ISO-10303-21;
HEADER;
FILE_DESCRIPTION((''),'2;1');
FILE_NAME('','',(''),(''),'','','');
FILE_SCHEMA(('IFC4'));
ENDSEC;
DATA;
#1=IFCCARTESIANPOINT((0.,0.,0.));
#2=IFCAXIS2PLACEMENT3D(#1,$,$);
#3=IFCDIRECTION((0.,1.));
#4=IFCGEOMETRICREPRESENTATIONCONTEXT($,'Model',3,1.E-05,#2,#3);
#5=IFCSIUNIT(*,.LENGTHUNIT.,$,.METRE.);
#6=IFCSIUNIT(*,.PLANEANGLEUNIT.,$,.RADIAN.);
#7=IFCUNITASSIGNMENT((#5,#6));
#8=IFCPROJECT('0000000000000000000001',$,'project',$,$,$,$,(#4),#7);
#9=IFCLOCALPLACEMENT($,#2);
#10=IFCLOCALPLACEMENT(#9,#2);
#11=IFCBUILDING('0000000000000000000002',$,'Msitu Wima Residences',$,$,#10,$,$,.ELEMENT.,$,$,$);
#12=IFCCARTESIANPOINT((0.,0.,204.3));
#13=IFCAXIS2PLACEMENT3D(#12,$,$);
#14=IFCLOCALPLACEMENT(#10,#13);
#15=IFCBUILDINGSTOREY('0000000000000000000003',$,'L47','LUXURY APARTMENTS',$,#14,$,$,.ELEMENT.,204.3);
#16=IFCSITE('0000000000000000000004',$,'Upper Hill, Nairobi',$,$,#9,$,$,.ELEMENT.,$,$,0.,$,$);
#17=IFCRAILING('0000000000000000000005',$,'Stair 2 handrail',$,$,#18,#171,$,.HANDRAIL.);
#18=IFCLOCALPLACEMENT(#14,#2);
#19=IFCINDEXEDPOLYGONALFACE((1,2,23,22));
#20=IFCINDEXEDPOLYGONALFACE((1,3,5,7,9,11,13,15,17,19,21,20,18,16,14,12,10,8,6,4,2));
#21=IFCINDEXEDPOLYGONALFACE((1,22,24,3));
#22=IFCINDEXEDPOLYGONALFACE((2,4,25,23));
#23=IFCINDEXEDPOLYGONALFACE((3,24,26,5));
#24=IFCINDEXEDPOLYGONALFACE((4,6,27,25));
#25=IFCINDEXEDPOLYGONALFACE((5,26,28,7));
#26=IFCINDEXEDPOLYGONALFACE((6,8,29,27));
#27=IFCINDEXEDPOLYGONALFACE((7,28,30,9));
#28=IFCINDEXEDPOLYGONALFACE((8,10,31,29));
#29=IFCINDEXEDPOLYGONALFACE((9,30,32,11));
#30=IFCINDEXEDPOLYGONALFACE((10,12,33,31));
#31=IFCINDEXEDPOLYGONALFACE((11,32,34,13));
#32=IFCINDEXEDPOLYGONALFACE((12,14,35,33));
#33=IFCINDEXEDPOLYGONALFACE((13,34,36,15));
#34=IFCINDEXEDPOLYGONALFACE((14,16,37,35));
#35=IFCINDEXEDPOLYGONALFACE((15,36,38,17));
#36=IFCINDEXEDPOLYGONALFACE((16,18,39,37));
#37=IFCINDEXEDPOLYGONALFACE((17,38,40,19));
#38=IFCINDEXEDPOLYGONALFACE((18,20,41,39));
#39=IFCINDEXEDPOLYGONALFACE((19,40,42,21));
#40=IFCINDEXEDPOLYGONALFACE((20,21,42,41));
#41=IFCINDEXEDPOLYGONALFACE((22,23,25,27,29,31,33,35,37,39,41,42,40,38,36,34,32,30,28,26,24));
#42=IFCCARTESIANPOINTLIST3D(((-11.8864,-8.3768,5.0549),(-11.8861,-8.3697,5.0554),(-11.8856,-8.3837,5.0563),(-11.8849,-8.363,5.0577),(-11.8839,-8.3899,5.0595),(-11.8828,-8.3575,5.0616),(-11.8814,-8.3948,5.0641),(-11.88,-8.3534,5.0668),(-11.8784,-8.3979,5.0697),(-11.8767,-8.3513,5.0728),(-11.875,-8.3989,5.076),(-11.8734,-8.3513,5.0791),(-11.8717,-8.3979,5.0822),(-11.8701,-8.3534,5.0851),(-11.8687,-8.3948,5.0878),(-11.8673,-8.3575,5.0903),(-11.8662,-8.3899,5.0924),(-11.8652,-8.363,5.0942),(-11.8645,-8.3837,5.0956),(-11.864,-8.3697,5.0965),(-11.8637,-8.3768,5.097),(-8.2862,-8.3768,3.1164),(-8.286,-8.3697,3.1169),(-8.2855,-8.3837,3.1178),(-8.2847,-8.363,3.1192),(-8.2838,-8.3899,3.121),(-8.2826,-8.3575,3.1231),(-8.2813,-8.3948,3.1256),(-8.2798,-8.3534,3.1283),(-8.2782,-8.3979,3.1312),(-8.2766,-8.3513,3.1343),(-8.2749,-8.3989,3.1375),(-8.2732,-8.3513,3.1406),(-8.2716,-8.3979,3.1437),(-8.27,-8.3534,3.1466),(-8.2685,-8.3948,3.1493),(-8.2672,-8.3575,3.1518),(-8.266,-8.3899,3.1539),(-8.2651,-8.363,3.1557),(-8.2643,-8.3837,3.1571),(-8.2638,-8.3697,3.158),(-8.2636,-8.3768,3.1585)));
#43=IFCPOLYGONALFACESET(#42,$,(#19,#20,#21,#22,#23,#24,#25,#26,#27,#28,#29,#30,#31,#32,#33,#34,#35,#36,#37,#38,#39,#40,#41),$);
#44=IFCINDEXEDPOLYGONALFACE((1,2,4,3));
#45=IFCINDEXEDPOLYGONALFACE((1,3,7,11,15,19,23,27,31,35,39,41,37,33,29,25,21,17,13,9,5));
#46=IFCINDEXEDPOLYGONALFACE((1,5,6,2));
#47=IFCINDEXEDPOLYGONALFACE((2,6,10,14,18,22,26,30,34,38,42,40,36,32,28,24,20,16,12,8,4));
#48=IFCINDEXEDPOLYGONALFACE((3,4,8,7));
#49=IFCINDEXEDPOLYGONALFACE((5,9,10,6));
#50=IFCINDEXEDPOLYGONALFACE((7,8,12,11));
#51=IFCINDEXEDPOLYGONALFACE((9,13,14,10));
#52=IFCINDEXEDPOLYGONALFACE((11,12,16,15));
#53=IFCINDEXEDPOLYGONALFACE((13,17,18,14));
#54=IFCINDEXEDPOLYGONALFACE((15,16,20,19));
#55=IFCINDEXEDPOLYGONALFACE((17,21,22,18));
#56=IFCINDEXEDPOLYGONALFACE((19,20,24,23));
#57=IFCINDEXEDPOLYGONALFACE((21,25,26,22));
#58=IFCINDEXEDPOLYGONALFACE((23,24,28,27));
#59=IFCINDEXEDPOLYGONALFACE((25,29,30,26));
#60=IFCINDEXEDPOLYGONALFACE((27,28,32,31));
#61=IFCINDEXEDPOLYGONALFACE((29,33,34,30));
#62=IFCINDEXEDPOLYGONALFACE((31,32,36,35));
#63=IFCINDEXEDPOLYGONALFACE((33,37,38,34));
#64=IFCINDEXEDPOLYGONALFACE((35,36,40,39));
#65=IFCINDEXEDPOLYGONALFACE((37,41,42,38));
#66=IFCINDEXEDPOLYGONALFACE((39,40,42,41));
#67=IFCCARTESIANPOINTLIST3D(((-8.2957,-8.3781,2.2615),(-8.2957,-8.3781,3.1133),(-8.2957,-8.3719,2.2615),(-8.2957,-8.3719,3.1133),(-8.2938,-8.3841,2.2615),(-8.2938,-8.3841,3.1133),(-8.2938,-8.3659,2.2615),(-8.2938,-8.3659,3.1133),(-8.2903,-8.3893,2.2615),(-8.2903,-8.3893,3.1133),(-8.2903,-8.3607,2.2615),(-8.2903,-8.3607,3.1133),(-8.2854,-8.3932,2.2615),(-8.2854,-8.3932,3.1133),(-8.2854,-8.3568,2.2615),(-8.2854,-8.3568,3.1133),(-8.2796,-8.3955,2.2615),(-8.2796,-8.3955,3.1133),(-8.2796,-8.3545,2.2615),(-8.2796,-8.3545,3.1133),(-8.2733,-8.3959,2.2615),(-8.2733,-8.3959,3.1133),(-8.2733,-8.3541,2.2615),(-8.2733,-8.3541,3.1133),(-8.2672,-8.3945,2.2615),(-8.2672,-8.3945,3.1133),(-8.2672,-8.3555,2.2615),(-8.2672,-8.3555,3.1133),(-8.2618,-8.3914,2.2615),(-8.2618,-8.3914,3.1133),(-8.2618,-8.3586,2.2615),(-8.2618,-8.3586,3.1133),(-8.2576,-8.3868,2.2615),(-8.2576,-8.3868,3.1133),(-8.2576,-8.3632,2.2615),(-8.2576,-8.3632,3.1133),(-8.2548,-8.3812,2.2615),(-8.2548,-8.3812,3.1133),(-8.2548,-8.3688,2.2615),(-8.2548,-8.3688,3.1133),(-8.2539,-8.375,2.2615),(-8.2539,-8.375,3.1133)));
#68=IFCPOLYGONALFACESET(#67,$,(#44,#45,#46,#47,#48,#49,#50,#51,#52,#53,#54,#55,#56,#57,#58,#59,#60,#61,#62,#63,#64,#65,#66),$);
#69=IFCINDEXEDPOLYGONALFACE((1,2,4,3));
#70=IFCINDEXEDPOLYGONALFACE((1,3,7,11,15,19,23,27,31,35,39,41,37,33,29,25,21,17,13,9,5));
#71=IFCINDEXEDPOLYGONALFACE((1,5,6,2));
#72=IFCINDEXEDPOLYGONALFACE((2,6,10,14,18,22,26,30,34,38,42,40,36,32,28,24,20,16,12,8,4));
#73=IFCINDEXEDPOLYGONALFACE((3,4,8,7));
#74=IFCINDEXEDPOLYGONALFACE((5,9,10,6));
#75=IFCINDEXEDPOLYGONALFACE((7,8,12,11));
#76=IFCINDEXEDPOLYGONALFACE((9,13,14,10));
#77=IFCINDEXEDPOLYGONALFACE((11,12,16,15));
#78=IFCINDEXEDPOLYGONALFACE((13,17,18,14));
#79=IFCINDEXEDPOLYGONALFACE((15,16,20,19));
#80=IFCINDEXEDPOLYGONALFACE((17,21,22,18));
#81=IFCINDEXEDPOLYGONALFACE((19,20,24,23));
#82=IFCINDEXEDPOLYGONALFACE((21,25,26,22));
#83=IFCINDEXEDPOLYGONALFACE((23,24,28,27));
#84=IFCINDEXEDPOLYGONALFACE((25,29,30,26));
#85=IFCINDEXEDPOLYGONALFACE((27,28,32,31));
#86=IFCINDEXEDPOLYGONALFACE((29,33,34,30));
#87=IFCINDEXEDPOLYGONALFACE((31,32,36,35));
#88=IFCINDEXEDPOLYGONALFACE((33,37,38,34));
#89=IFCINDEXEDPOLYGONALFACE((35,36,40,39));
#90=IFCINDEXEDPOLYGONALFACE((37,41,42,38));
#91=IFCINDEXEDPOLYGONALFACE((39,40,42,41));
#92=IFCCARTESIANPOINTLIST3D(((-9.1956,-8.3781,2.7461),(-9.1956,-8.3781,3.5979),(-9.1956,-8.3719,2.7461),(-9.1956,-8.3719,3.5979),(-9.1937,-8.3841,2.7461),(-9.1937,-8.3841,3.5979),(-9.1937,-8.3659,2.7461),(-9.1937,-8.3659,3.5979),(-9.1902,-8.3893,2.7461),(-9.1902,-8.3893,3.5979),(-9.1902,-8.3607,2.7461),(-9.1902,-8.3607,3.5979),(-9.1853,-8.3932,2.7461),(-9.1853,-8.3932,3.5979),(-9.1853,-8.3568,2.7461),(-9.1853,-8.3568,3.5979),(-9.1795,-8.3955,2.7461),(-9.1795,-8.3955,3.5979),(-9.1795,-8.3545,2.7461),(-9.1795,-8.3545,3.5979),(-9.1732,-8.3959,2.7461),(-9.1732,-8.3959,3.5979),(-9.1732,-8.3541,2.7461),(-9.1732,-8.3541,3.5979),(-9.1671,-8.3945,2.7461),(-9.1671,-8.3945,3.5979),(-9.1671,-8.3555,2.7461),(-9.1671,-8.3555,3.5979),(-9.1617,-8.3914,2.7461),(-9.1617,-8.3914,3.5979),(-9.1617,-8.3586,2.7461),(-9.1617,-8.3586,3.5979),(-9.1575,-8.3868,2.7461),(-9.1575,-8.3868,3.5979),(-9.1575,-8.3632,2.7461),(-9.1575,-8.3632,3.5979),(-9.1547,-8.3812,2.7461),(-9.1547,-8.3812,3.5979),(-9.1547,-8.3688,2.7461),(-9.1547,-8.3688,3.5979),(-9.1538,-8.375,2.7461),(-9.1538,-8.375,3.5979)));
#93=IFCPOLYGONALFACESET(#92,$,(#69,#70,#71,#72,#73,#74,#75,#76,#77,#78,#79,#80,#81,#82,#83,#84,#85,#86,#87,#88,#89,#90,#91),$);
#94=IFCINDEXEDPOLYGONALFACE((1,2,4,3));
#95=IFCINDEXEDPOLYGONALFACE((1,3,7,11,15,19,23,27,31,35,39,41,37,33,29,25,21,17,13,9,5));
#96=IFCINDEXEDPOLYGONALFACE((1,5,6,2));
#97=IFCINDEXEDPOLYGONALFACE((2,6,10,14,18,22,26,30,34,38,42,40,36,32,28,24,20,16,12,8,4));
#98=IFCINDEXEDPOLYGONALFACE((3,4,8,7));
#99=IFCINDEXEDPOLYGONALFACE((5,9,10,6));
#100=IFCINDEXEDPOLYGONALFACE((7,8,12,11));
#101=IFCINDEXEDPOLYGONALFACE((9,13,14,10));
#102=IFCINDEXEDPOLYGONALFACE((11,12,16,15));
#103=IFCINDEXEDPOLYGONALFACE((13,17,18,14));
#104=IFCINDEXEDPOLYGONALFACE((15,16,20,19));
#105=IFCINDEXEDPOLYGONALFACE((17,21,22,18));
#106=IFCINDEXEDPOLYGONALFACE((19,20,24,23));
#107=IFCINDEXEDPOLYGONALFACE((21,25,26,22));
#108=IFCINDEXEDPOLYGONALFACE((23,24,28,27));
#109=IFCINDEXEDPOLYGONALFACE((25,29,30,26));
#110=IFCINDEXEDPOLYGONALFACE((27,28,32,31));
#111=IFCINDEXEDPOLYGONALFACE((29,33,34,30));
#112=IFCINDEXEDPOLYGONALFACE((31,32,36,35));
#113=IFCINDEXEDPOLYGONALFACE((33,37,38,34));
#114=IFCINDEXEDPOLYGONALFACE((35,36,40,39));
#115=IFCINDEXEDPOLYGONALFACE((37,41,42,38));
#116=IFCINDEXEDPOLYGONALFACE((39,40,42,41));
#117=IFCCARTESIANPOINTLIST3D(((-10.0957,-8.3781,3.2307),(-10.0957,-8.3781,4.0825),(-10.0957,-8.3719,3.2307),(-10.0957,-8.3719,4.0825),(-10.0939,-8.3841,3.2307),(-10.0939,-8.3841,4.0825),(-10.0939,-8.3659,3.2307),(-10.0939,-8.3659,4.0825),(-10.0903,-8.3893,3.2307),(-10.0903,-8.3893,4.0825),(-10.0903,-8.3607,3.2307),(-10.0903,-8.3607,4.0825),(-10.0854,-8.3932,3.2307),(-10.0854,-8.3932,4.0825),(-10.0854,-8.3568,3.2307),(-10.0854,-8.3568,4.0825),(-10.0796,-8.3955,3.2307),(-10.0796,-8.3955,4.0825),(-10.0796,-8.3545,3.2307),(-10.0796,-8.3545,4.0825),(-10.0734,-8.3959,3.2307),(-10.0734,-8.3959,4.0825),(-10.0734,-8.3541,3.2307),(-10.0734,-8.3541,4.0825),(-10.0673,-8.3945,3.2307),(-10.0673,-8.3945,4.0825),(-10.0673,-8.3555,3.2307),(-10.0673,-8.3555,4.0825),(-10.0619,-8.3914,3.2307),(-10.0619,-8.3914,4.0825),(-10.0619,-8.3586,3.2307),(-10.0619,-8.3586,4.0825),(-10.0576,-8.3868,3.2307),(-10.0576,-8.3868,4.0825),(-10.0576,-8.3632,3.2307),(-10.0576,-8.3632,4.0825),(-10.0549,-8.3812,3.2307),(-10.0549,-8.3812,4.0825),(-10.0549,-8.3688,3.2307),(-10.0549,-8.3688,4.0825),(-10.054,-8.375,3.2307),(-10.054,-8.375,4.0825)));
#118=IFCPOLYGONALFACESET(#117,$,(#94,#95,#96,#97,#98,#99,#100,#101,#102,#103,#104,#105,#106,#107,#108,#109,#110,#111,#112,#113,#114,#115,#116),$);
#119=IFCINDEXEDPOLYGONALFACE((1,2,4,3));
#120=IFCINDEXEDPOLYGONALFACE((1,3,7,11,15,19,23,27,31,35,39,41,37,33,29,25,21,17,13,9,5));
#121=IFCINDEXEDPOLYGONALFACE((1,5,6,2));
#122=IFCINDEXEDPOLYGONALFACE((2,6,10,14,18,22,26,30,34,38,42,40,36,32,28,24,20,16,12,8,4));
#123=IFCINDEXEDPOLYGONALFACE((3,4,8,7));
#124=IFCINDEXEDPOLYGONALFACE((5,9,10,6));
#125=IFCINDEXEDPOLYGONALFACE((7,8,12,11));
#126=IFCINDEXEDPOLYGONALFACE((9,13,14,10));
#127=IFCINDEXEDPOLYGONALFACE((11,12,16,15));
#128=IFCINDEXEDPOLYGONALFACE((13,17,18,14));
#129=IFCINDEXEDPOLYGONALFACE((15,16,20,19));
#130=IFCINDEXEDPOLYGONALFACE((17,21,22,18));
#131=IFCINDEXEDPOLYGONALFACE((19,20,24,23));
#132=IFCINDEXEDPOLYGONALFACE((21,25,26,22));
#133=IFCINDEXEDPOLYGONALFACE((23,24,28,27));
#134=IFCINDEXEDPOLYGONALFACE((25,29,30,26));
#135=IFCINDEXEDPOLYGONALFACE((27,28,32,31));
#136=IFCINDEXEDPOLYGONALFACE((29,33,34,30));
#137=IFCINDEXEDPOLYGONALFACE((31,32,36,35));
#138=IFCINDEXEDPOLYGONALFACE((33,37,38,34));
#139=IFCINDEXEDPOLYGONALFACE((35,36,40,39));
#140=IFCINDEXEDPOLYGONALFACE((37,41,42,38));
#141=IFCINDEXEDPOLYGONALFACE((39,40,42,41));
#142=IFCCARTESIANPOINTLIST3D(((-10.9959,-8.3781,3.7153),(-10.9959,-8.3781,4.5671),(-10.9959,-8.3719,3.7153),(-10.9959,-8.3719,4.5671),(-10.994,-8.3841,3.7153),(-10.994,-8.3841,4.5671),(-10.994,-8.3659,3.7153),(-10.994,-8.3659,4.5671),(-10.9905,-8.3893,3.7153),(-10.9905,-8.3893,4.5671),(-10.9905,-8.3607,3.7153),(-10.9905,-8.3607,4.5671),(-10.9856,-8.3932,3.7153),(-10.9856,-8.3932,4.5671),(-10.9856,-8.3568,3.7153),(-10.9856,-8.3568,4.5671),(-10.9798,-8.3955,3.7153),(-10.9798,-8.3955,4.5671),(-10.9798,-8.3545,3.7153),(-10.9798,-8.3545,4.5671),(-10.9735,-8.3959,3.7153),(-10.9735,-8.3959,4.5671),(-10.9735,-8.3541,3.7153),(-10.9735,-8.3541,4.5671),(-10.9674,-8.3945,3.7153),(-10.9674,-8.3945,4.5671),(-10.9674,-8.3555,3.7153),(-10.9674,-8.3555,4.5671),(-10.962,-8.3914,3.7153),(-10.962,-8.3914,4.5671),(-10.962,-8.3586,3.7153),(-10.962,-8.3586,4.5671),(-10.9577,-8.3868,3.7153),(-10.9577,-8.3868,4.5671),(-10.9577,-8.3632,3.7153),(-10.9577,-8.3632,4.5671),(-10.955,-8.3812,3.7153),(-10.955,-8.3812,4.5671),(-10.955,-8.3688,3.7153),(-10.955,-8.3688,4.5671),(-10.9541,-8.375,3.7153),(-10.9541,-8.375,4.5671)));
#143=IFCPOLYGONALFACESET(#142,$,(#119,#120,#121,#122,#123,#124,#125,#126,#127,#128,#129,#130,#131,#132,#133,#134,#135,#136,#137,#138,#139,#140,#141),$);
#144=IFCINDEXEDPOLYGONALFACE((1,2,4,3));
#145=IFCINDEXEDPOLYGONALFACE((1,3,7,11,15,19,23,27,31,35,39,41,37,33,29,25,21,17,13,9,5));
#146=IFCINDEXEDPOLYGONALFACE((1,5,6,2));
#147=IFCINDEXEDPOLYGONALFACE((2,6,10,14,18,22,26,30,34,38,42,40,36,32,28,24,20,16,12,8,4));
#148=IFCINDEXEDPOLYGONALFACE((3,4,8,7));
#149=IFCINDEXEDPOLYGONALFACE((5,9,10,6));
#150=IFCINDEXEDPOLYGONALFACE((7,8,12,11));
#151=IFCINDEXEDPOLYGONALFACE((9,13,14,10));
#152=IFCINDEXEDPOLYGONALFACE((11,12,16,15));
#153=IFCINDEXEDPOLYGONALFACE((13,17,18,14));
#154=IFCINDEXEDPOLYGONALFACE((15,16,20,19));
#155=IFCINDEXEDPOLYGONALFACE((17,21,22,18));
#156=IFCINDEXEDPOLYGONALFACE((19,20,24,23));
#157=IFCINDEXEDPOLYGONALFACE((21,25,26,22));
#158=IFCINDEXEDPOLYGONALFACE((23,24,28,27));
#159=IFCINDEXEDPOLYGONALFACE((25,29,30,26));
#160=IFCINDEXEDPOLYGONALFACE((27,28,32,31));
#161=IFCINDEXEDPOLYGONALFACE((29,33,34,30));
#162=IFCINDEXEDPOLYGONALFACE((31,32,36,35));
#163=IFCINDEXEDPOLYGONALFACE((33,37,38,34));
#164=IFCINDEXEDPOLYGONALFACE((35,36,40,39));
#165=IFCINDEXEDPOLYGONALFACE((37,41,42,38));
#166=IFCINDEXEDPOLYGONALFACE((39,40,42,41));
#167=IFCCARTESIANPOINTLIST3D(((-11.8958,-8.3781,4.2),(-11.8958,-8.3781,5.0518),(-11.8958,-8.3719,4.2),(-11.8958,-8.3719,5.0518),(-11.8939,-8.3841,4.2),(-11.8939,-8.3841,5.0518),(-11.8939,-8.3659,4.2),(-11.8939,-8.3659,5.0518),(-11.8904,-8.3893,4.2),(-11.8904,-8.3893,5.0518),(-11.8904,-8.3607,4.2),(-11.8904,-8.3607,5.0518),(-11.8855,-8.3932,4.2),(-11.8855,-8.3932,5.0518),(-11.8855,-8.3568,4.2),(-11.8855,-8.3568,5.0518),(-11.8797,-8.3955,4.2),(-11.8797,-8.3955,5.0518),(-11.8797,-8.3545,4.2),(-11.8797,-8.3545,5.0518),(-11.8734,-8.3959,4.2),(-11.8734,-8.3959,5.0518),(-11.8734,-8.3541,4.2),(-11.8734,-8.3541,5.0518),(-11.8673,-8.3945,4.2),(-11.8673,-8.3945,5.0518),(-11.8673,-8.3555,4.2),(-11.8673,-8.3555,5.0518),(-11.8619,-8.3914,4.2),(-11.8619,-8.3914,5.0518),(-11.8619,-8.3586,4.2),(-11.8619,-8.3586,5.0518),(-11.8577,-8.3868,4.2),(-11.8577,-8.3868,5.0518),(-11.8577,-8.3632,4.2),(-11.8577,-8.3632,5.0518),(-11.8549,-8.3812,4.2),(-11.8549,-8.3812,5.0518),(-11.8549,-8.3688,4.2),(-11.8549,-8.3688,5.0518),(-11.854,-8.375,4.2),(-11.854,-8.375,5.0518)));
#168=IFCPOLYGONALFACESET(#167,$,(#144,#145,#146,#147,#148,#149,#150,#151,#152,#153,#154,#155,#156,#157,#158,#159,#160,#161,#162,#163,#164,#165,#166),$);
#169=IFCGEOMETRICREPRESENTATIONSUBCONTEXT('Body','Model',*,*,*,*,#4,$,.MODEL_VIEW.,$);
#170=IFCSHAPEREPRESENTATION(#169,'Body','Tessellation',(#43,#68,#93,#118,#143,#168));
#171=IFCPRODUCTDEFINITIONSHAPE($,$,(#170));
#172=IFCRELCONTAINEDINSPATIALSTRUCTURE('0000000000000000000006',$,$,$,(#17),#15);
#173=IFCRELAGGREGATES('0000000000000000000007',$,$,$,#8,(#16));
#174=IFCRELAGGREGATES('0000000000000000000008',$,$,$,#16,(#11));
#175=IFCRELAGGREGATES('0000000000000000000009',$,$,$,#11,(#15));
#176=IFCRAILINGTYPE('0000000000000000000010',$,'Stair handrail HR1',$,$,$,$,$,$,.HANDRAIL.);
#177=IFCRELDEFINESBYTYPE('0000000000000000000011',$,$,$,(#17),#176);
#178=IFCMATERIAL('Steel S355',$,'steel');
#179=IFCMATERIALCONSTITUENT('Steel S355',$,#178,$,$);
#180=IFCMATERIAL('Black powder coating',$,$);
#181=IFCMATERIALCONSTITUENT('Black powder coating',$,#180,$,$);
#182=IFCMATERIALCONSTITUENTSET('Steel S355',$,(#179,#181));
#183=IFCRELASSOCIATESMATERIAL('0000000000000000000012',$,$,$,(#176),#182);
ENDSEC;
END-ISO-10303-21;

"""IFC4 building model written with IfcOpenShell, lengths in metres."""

from ifc_helpers import new_model, si_unit, direction, frame, origin, origin_2d, place, context, subcontext, project, spatial, circle, extrude, material, constituent, constituent_set, type_object, element, save


model = new_model("IFC4")

# Units and contexts
model_context = context("Model", 3, precision=1e-05, world=origin(), true_north=direction((0.0, 1.0)))
body_context = subcontext(model_context, "Body", "Model", "MODEL_VIEW")
ifc_project = project(units=[si_unit("LENGTHUNIT", "METRE"), si_unit("PLANEANGLEUNIT", "RADIAN")], contexts=[model_context])

# Site, building, storey
site_placement = place(None, origin())
site = spatial("IfcSite", under=ifc_project, at=site_placement, Name="Upper Hill, Nairobi", CompositionType="ELEMENT", RefElevation=0.0)
building_placement = place(site_placement, origin())
building = spatial("IfcBuilding", under=site, at=building_placement, Name="Msitu Wima Residences", CompositionType="ELEMENT")
storey_placement = place(building_placement, frame((0.0, 0.0, 204.3)))
storey = spatial("IfcBuildingStorey", under=building, at=storey_placement, Name="L47", Description="LUXURY APARTMENTS", CompositionType="ELEMENT", Elevation=204.3)

# Railing
ifc_material_1 = material(Name="Steel S355", Category="steel")
ifc_constituent_1 = constituent(ifc_material_1, Name="Steel S355")
ifc_material_2 = material(Name="Black powder coating")
ifc_constituent_2 = constituent(ifc_material_2, Name="Black powder coating")
ifc_constituent_set = constituent_set(constituents=[ifc_constituent_1, ifc_constituent_2], Name="Steel S355")
railing_type = type_object("IfcRailingType", Name="Stair handrail HR1", PredefinedType="HANDRAIL", material=ifc_constituent_set)
for number, where, name in (
    (1, (-8.2749, -8.375, 2.2615), "Stair 2 handrail"),
):
    element("IfcRailing", number, at=place(storey_placement, frame(where)), inside=storey, type_object=railing_type, Name=name, PredefinedType="HANDRAIL", context=body_context, shape_type="SweptSolid", body=[
        extrude(circle(Radius=0.0239, at=origin_2d()), frame((0.0, 0.0, 0.876), z_axis=(-0.880475, 0.0, 0.474093), x_axis=(0.0, -1.0, 0.0)), (0.0, 0.0, 1.0), 4.0889),
        extrude(circle(Radius=0.021, at=origin_2d()), origin(), (0.0, 0.0, 1.0), 0.8518),
        extrude(circle(Radius=0.021, at=origin_2d()), frame((-0.8999, 0.0, 0.4846)), (0.0, 0.0, 1.0), 0.8518),
        extrude(circle(Radius=0.021, at=origin_2d()), frame((-1.8, 0.0, 0.9692)), (0.0, 0.0, 1.0), 0.8518),
        extrude(circle(Radius=0.021, at=origin_2d()), frame((-2.7002, 0.0, 1.4539)), (0.0, 0.0, 1.0), 0.8518),
        extrude(circle(Radius=0.021, at=origin_2d()), frame((-3.6001, 0.0, 1.9385)), (0.0, 0.0, 1.0), 0.8518),
    ])

save(model, "model.ifc")
